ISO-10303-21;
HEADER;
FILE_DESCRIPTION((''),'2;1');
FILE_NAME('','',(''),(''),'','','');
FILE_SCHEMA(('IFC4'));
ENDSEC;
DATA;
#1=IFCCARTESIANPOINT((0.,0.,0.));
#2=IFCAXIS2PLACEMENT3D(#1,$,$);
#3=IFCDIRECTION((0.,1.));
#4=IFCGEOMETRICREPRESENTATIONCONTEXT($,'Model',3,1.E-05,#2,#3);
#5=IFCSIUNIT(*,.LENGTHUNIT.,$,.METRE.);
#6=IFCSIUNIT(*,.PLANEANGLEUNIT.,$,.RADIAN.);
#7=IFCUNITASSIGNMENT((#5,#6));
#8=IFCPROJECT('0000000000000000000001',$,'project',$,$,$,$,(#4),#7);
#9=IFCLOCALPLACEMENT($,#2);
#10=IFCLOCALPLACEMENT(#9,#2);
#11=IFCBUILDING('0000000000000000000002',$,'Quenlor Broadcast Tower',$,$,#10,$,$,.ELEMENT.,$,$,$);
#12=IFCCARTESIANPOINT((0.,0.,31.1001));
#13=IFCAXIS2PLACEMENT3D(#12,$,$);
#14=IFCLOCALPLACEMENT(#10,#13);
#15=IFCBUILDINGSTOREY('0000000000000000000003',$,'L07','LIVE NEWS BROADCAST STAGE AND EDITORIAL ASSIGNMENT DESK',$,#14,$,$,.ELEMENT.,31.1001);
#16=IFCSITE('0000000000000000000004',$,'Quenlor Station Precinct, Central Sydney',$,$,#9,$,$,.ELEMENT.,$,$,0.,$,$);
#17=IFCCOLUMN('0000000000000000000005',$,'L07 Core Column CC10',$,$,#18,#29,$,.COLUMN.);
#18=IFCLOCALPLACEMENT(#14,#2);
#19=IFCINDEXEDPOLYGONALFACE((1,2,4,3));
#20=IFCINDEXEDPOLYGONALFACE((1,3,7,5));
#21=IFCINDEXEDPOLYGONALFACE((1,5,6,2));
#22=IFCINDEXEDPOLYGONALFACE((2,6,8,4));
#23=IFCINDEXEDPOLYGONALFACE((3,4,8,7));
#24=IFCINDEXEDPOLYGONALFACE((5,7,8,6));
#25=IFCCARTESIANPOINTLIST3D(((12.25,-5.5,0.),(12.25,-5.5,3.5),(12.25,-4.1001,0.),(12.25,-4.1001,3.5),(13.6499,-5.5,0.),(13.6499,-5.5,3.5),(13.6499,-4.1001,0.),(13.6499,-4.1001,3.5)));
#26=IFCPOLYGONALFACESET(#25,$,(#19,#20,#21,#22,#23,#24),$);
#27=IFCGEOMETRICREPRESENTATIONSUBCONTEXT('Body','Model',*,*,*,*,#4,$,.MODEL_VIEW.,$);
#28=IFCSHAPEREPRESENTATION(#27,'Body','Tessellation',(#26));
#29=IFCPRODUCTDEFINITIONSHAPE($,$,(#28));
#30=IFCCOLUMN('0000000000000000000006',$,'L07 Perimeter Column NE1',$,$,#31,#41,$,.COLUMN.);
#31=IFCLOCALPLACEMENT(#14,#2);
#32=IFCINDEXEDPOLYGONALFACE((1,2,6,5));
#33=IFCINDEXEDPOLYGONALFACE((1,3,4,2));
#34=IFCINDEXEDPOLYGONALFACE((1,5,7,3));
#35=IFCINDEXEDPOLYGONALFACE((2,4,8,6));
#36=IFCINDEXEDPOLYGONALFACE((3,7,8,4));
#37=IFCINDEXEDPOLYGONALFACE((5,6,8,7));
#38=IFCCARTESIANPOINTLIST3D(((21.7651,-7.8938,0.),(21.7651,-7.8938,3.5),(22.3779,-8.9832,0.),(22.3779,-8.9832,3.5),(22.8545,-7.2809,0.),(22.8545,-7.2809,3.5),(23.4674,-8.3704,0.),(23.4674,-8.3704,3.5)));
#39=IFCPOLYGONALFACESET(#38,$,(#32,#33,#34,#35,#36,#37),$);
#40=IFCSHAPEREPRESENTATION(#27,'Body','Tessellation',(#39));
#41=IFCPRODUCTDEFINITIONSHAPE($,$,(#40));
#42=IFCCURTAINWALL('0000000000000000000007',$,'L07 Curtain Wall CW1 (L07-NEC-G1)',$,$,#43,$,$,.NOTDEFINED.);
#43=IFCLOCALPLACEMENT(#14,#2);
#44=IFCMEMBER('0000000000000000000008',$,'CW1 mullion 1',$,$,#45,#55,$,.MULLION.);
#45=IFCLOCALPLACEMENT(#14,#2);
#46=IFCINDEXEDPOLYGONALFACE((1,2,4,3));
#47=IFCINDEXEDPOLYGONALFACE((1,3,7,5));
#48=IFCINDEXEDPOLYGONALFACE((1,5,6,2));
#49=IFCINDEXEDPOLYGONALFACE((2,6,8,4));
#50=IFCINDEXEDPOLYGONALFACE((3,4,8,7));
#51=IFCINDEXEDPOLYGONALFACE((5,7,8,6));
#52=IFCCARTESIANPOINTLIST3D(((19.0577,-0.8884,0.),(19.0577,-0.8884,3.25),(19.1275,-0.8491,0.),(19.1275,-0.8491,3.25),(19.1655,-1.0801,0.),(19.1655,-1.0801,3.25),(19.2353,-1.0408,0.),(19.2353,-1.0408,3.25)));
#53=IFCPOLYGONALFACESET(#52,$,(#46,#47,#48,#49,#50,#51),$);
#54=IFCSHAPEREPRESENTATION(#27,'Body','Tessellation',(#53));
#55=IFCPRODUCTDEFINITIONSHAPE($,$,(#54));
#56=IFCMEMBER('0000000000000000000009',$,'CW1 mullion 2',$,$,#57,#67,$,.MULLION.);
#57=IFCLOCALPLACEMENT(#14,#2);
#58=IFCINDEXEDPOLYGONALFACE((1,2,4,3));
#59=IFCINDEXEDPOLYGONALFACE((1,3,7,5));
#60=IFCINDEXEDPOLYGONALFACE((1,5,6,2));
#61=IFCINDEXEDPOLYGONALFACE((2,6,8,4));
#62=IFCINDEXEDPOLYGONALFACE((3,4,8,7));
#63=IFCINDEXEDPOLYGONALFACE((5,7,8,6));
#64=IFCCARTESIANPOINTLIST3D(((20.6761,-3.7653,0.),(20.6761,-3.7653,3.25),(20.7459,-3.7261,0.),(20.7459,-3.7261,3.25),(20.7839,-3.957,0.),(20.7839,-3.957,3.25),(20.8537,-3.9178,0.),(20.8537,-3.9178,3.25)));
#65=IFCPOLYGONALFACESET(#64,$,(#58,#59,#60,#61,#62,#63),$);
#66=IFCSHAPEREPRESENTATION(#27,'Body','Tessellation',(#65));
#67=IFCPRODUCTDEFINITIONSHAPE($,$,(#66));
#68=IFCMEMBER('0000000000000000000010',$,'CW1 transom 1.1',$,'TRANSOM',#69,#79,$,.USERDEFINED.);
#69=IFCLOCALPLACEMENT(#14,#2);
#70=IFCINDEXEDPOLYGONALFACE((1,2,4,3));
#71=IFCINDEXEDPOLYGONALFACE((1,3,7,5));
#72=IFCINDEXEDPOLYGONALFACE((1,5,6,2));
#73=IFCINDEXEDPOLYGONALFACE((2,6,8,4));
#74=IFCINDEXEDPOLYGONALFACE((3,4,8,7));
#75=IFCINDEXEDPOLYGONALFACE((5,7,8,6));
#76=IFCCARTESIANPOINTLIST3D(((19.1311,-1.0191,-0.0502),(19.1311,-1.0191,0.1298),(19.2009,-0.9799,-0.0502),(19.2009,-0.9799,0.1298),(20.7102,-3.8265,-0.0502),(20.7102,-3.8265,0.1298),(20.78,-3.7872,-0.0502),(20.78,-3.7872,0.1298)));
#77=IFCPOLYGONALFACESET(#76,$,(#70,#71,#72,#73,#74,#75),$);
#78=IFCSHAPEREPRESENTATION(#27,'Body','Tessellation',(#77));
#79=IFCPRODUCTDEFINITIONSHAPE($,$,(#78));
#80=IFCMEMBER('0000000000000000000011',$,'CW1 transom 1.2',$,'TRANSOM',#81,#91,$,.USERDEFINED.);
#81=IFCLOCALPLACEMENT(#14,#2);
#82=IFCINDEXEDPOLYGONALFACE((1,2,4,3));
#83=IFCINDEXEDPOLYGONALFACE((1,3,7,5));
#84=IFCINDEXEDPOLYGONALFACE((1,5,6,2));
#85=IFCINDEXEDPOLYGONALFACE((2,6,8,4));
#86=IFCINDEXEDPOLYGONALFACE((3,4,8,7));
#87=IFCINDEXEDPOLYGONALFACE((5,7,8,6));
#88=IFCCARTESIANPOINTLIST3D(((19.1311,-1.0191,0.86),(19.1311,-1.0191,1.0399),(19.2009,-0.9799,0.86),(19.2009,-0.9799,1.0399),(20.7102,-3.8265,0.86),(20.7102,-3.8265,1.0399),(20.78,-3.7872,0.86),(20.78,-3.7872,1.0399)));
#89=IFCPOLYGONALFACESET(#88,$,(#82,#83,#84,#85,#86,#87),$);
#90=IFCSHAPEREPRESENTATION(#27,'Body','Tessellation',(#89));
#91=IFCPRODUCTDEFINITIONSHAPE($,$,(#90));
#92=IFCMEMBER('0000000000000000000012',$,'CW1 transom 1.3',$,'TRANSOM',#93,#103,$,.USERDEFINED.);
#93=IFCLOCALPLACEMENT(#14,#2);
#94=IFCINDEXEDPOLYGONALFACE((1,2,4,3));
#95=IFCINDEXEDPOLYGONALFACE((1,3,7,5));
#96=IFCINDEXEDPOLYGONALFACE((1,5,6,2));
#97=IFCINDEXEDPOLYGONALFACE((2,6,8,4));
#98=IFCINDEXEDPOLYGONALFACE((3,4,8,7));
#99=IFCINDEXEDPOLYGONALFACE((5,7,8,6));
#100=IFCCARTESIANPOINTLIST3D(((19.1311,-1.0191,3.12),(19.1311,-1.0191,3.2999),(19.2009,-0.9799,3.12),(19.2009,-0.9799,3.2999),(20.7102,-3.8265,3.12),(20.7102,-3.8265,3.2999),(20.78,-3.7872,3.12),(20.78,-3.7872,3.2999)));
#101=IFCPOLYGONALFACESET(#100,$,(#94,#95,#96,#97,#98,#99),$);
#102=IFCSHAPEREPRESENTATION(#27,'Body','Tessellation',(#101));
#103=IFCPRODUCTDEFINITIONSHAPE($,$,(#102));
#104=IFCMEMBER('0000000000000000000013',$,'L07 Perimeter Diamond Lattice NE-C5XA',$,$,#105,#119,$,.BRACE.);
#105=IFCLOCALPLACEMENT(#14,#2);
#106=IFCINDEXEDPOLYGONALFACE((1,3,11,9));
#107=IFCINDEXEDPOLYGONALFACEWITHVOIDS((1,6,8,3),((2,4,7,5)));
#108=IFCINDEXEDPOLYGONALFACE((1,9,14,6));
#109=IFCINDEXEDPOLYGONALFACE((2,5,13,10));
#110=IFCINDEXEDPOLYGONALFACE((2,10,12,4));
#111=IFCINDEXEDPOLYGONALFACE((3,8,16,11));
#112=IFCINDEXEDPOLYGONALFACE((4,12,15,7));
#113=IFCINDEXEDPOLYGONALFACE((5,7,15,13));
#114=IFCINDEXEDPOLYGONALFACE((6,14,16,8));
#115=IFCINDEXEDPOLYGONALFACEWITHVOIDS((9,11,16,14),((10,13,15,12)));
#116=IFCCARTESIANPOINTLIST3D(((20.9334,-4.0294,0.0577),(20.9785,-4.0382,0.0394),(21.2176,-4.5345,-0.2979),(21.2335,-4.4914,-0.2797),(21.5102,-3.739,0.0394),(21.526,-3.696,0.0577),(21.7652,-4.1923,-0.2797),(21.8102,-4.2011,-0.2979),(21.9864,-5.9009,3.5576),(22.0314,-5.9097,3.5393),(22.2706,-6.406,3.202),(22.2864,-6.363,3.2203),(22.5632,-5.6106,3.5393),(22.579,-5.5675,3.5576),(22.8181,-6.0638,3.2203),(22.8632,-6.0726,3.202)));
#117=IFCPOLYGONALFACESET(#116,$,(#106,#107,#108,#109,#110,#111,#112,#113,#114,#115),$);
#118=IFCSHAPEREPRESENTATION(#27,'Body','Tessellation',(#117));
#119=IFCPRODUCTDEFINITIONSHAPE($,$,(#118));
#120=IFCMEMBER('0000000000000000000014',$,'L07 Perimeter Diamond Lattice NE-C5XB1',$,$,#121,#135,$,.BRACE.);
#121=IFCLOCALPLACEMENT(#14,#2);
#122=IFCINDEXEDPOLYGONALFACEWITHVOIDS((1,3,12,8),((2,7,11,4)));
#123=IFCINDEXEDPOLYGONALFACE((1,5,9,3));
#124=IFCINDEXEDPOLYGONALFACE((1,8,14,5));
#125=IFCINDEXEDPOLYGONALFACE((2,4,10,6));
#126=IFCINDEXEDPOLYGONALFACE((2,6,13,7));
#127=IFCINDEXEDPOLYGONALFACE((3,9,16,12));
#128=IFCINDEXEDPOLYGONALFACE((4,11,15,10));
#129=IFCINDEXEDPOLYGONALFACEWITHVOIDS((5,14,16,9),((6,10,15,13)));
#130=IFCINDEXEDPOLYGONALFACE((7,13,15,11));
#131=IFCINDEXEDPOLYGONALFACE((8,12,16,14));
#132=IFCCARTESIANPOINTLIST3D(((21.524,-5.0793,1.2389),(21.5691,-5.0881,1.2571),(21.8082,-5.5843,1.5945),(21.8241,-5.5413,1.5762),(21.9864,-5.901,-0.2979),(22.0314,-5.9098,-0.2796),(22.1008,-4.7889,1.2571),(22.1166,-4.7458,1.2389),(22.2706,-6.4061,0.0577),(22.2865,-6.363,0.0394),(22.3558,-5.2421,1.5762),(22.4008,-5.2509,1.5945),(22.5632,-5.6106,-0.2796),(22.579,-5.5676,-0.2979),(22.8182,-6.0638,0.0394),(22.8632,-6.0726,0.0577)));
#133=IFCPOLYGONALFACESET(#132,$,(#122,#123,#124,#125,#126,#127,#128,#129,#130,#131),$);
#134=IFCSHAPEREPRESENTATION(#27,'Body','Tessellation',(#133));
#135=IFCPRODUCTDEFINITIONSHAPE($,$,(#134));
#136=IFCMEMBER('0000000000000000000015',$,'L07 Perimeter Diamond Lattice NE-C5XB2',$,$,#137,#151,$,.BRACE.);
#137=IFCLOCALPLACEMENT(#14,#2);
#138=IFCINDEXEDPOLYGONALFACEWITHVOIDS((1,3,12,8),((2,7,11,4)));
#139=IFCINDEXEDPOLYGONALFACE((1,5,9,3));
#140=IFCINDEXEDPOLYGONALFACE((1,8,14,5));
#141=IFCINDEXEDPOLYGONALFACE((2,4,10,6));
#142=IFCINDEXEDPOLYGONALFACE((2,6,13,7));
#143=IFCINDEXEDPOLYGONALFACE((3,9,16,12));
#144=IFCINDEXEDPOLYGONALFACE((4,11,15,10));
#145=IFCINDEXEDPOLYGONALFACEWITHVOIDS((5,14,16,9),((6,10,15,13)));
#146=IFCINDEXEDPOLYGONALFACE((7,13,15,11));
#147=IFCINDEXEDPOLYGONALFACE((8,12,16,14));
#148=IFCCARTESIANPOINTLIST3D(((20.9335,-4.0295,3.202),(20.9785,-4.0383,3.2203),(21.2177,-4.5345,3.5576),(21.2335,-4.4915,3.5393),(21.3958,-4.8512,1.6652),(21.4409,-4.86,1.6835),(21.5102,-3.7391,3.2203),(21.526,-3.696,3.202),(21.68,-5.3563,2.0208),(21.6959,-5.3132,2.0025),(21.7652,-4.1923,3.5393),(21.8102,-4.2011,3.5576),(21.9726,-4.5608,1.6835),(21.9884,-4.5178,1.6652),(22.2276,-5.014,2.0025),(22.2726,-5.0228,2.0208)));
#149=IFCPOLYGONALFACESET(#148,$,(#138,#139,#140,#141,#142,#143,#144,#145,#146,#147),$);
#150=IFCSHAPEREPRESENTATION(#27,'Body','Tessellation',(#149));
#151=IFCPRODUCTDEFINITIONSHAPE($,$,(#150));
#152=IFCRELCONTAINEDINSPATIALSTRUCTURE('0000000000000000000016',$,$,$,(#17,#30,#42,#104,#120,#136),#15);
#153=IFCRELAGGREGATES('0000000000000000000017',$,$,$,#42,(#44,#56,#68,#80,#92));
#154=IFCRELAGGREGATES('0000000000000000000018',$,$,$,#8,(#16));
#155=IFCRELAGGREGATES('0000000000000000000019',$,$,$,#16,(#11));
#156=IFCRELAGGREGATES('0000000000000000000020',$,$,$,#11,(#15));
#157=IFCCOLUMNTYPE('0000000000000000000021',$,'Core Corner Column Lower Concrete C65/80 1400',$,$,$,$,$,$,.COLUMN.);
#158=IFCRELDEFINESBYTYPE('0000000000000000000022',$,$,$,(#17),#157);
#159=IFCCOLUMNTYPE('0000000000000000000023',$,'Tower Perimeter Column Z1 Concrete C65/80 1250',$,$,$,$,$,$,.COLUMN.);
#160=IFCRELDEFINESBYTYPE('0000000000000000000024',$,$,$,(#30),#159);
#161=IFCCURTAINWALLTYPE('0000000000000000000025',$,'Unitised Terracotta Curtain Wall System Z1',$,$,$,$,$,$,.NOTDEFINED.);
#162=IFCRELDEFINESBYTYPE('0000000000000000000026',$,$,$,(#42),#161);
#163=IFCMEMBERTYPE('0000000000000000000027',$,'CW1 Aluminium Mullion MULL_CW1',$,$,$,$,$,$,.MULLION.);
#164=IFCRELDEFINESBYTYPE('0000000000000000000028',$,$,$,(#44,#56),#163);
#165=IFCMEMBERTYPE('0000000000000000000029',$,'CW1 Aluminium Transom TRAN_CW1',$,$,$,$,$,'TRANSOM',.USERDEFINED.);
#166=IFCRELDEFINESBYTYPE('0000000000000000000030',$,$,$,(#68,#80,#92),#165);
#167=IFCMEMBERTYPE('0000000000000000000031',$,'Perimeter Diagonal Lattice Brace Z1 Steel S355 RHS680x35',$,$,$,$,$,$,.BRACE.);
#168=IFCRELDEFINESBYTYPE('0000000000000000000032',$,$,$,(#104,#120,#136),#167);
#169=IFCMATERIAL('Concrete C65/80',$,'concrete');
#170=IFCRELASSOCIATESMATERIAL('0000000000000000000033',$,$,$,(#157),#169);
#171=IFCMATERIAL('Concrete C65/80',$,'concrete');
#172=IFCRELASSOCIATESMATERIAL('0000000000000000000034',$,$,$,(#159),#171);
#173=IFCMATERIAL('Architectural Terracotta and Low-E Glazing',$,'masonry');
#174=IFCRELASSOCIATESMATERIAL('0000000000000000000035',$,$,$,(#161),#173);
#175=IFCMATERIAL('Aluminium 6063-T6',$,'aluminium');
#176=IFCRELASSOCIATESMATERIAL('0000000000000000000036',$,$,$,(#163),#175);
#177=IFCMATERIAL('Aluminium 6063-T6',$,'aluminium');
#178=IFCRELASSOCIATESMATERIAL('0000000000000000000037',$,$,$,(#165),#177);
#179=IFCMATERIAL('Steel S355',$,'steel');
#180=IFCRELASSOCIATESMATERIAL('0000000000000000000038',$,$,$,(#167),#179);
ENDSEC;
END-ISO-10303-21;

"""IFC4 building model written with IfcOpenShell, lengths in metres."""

from ifc_helpers import new_model, si_unit, direction, frame, origin, origin_2d, place, context, subcontext, project, spatial, rectangle, hollow_rectangle, extrude, material, material_profile, profile_set, type_object, element, aggregate, save


model = new_model("IFC4")

# Units and contexts
model_context = context("Model", 3, precision=1e-05, world=origin(), true_north=direction((0.0, 1.0)))
body_context = subcontext(model_context, "Body", "Model", "MODEL_VIEW")
ifc_project = project(units=[si_unit("LENGTHUNIT", "METRE"), si_unit("PLANEANGLEUNIT", "RADIAN")], contexts=[model_context])

# Site, building, storey
site_placement = place(None, origin())
site = spatial("IfcSite", under=ifc_project, at=site_placement, Name="Quenlor Station Precinct, Central Sydney", CompositionType="ELEMENT", RefElevation=0.0)
building_placement = place(site_placement, origin())
building = spatial("IfcBuilding", under=site, at=building_placement, Name="Quenlor Broadcast Tower", CompositionType="ELEMENT")
storey_placement = place(building_placement, frame((0.0, 0.0, 31.1001)))
storey = spatial("IfcBuildingStorey", under=building, at=storey_placement, Name="L07", Description="LIVE NEWS BROADCAST STAGE AND EDITORIAL ASSIGNMENT DESK", CompositionType="ELEMENT", Elevation=31.1001)

# Columns
ifc_material_1 = material(Name="Concrete C65/80", Category="concrete")
ifc_material_profile_1 = material_profile(ifc_material_1, rectangle(XDim=1.3999, YDim=1.3999, at=origin_2d()))
ifc_profile_set_1 = profile_set([ifc_material_profile_1], Name="Concrete C65/80 RC1400x1400")
column_type_1 = type_object("IfcColumnType", Name="Core Corner Column Lower Concrete C65/80 1400", PredefinedType="COLUMN", material=ifc_profile_set_1)
column_1_placement = place(storey_placement, frame((12.95, -4.8, 0.0), z_axis=(0.0, 0.0, 1.0), x_axis=(1.0, 0.0, 0.0)))
element("IfcColumn", 1, at=column_1_placement, inside=storey, type_object=column_type_1, Name="L07 Core Column CC10", PredefinedType="COLUMN", context=body_context, shape_type="SweptSolid", body=[
    extrude(rectangle(XDim=1.3999, YDim=1.3999, at=origin_2d()), origin(), (0.0, 0.0, 1.0), 3.5),
])
ifc_material_2 = material(Name="Concrete C65/80", Category="concrete")
ifc_material_profile_2 = material_profile(ifc_material_2, rectangle(XDim=1.25, YDim=1.25, at=origin_2d()))
ifc_profile_set_2 = profile_set([ifc_material_profile_2], Name="Concrete C65/80 RC1250x1250")
column_type_2 = type_object("IfcColumnType", Name="Tower Perimeter Column Z1 Concrete C65/80 1250", PredefinedType="COLUMN", material=ifc_profile_set_2)
column_2_placement = place(storey_placement, frame((22.6162, -8.1321, 0.0), z_axis=(0.0, 0.0, 1.0), x_axis=(0.871575, 0.490262, 0.0)))
element("IfcColumn", 2, at=column_2_placement, inside=storey, type_object=column_type_2, Name="L07 Perimeter Column NE1", PredefinedType="COLUMN", context=body_context, shape_type="SweptSolid", body=[
    extrude(rectangle(XDim=1.25, YDim=1.25, at=origin_2d()), origin(), (0.0, 0.0, 1.0), 3.5),
])

# Curtain wall, members
ifc_material_3 = material(Name="Architectural Terracotta and Low-E Glazing", Category="masonry")
curtain_wall_type = type_object("IfcCurtainWallType", Name="Unitised Terracotta Curtain Wall System Z1", PredefinedType="NOTDEFINED", material=ifc_material_3)
curtain_wall_placement = place(storey_placement, origin())
curtain_wall = element("IfcCurtainWall", 3, at=curtain_wall_placement, inside=storey, type_object=curtain_wall_type, Name="L07 Curtain Wall CW1 (L07-NEC-G1)", PredefinedType="NOTDEFINED")
ifc_material_4 = material(Name="Aluminium 6063-T6", Category="aluminium")
ifc_material_profile_3 = material_profile(ifc_material_4, rectangle(XDim=0.0801, YDim=0.22, at=origin_2d()))
ifc_profile_set_3 = profile_set([ifc_material_profile_3], Name="Aluminium 6063-T6 MULL80x220")
member_type_1 = type_object("IfcMemberType", Name="CW1 Aluminium Mullion MULL_CW1", PredefinedType="MULLION", material=ifc_profile_set_3)
member_1_placement = place(storey_placement, frame((19.1465, -0.9646, 0.0), z_axis=(0.0, 0.0, 1.0), x_axis=(0.871578, 0.490257, 0.0)))
member_1 = element("IfcMember", 4, at=member_1_placement, type_object=member_type_1, Name="CW1 mullion 1", PredefinedType="MULLION", context=body_context, shape_type="SweptSolid", body=[
    extrude(rectangle(XDim=0.0801, YDim=0.22, at=origin_2d()), origin(), (0.0, 0.0, 1.0), 3.25),
])
member_2_placement = place(storey_placement, frame((20.7649, -3.8416, 0.0), z_axis=(0.0, 0.0, 1.0), x_axis=(0.871578, 0.490257, 0.0)))
member_2 = element("IfcMember", 5, at=member_2_placement, type_object=member_type_1, Name="CW1 mullion 2", PredefinedType="MULLION", context=body_context, shape_type="SweptSolid", body=[
    extrude(rectangle(XDim=0.0801, YDim=0.22, at=origin_2d()), origin(), (0.0, 0.0, 1.0), 3.25),
])
ifc_material_5 = material(Name="Aluminium 6063-T6", Category="aluminium")
ifc_material_profile_4 = material_profile(ifc_material_5, rectangle(XDim=0.0801, YDim=0.1799, at=origin_2d()))
ifc_profile_set_4 = profile_set([ifc_material_profile_4], Name="Aluminium 6063-T6 TRAN80x180")
member_type_2 = type_object("IfcMemberType", Name="CW1 Aluminium Transom TRAN_CW1", ElementType="TRANSOM", PredefinedType="USERDEFINED", material=ifc_profile_set_4)
member_3_placement = place(storey_placement, frame((19.166, -0.9995, 0.0398), z_axis=(0.49025, -0.871582, 0.0), x_axis=(0.871582, 0.49025, 0.0)))
member_3 = element("IfcMember", 6, at=member_3_placement, type_object=member_type_2, Name="CW1 transom 1.1", ObjectType="TRANSOM", PredefinedType="USERDEFINED", context=body_context, shape_type="SweptSolid", body=[
    extrude(rectangle(XDim=0.0801, YDim=0.1799, at=origin_2d()), origin(), (0.0, 0.0, 1.0), 3.2209),
])
member_4_placement = place(storey_placement, frame((19.166, -0.9995, 0.95), z_axis=(0.49025, -0.871582, 0.0), x_axis=(0.871582, 0.49025, 0.0)))
member_4 = element("IfcMember", 7, at=member_4_placement, type_object=member_type_2, Name="CW1 transom 1.2", ObjectType="TRANSOM", PredefinedType="USERDEFINED", context=body_context, shape_type="SweptSolid", body=[
    extrude(rectangle(XDim=0.0801, YDim=0.1799, at=origin_2d()), origin(), (0.0, 0.0, 1.0), 3.2209),
])
member_5_placement = place(storey_placement, frame((19.166, -0.9995, 3.21), z_axis=(0.49025, -0.871582, 0.0), x_axis=(0.871582, 0.49025, 0.0)))
member_5 = element("IfcMember", 8, at=member_5_placement, type_object=member_type_2, Name="CW1 transom 1.3", ObjectType="TRANSOM", PredefinedType="USERDEFINED", context=body_context, shape_type="SweptSolid", body=[
    extrude(rectangle(XDim=0.0801, YDim=0.1799, at=origin_2d()), origin(), (0.0, 0.0, 1.0), 3.2209),
])

# Members
ifc_material_6 = material(Name="Steel S355", Category="steel")
ifc_material_profile_5 = material_profile(ifc_material_6, hollow_rectangle(XDim=0.6799, YDim=0.6799, WallThickness=0.0349, at=origin_2d()))
ifc_profile_set_5 = profile_set([ifc_material_profile_5], Name="Steel S355 RHS680x680x35")
member_type_3 = type_object("IfcMemberType", Name="Perimeter Diagonal Lattice Brace Z1 Steel S355 RHS680x35", PredefinedType="BRACE", material=ifc_profile_set_5)
member_6_placement = place(storey_placement, frame((21.3718, -4.1152, -0.1201), z_axis=(0.256431, -0.455785, 0.852352), x_axis=(0.871533, 0.490337, 0.0)))
element("IfcMember", 9, at=member_6_placement, inside=storey, type_object=member_type_3, Name="L07 Perimeter Diamond Lattice NE-C5XA", PredefinedType="BRACE", context=body_context, shape_type="SweptSolid", body=[
    extrude(hollow_rectangle(XDim=0.6799, YDim=0.6799, WallThickness=0.0349, at=origin_2d()), origin(), (0.0, 0.0, 1.0), 4.1062),
])
for number, where, z_axis, x_axis, name in (
    (10, (22.4248, -5.9868, -0.1201), (-0.256452, 0.455764, 0.852357), (-0.871506, -0.490384, 0.0), "L07 Perimeter Diamond Lattice NE-C5XB1"),
    (11, (21.8342, -4.937, 1.843), (-0.256452, 0.455764, 0.852357), (-0.871506, -0.490384, 0.0), "L07 Perimeter Diamond Lattice NE-C5XB2"),
):
    element("IfcMember", number, at=place(storey_placement, frame(where, z_axis=z_axis, x_axis=x_axis)), inside=storey, type_object=member_type_3, Name=name, PredefinedType="BRACE", context=body_context, shape_type="SweptSolid", body=[
        extrude(hollow_rectangle(XDim=0.6799, YDim=0.6799, WallThickness=0.0349, at=origin_2d()), origin(), (0.0, 0.0, 1.0), 1.803),
    ])

aggregate(curtain_wall, [member_1, member_2, member_3, member_4, member_5])

save(model, "model.ifc")
